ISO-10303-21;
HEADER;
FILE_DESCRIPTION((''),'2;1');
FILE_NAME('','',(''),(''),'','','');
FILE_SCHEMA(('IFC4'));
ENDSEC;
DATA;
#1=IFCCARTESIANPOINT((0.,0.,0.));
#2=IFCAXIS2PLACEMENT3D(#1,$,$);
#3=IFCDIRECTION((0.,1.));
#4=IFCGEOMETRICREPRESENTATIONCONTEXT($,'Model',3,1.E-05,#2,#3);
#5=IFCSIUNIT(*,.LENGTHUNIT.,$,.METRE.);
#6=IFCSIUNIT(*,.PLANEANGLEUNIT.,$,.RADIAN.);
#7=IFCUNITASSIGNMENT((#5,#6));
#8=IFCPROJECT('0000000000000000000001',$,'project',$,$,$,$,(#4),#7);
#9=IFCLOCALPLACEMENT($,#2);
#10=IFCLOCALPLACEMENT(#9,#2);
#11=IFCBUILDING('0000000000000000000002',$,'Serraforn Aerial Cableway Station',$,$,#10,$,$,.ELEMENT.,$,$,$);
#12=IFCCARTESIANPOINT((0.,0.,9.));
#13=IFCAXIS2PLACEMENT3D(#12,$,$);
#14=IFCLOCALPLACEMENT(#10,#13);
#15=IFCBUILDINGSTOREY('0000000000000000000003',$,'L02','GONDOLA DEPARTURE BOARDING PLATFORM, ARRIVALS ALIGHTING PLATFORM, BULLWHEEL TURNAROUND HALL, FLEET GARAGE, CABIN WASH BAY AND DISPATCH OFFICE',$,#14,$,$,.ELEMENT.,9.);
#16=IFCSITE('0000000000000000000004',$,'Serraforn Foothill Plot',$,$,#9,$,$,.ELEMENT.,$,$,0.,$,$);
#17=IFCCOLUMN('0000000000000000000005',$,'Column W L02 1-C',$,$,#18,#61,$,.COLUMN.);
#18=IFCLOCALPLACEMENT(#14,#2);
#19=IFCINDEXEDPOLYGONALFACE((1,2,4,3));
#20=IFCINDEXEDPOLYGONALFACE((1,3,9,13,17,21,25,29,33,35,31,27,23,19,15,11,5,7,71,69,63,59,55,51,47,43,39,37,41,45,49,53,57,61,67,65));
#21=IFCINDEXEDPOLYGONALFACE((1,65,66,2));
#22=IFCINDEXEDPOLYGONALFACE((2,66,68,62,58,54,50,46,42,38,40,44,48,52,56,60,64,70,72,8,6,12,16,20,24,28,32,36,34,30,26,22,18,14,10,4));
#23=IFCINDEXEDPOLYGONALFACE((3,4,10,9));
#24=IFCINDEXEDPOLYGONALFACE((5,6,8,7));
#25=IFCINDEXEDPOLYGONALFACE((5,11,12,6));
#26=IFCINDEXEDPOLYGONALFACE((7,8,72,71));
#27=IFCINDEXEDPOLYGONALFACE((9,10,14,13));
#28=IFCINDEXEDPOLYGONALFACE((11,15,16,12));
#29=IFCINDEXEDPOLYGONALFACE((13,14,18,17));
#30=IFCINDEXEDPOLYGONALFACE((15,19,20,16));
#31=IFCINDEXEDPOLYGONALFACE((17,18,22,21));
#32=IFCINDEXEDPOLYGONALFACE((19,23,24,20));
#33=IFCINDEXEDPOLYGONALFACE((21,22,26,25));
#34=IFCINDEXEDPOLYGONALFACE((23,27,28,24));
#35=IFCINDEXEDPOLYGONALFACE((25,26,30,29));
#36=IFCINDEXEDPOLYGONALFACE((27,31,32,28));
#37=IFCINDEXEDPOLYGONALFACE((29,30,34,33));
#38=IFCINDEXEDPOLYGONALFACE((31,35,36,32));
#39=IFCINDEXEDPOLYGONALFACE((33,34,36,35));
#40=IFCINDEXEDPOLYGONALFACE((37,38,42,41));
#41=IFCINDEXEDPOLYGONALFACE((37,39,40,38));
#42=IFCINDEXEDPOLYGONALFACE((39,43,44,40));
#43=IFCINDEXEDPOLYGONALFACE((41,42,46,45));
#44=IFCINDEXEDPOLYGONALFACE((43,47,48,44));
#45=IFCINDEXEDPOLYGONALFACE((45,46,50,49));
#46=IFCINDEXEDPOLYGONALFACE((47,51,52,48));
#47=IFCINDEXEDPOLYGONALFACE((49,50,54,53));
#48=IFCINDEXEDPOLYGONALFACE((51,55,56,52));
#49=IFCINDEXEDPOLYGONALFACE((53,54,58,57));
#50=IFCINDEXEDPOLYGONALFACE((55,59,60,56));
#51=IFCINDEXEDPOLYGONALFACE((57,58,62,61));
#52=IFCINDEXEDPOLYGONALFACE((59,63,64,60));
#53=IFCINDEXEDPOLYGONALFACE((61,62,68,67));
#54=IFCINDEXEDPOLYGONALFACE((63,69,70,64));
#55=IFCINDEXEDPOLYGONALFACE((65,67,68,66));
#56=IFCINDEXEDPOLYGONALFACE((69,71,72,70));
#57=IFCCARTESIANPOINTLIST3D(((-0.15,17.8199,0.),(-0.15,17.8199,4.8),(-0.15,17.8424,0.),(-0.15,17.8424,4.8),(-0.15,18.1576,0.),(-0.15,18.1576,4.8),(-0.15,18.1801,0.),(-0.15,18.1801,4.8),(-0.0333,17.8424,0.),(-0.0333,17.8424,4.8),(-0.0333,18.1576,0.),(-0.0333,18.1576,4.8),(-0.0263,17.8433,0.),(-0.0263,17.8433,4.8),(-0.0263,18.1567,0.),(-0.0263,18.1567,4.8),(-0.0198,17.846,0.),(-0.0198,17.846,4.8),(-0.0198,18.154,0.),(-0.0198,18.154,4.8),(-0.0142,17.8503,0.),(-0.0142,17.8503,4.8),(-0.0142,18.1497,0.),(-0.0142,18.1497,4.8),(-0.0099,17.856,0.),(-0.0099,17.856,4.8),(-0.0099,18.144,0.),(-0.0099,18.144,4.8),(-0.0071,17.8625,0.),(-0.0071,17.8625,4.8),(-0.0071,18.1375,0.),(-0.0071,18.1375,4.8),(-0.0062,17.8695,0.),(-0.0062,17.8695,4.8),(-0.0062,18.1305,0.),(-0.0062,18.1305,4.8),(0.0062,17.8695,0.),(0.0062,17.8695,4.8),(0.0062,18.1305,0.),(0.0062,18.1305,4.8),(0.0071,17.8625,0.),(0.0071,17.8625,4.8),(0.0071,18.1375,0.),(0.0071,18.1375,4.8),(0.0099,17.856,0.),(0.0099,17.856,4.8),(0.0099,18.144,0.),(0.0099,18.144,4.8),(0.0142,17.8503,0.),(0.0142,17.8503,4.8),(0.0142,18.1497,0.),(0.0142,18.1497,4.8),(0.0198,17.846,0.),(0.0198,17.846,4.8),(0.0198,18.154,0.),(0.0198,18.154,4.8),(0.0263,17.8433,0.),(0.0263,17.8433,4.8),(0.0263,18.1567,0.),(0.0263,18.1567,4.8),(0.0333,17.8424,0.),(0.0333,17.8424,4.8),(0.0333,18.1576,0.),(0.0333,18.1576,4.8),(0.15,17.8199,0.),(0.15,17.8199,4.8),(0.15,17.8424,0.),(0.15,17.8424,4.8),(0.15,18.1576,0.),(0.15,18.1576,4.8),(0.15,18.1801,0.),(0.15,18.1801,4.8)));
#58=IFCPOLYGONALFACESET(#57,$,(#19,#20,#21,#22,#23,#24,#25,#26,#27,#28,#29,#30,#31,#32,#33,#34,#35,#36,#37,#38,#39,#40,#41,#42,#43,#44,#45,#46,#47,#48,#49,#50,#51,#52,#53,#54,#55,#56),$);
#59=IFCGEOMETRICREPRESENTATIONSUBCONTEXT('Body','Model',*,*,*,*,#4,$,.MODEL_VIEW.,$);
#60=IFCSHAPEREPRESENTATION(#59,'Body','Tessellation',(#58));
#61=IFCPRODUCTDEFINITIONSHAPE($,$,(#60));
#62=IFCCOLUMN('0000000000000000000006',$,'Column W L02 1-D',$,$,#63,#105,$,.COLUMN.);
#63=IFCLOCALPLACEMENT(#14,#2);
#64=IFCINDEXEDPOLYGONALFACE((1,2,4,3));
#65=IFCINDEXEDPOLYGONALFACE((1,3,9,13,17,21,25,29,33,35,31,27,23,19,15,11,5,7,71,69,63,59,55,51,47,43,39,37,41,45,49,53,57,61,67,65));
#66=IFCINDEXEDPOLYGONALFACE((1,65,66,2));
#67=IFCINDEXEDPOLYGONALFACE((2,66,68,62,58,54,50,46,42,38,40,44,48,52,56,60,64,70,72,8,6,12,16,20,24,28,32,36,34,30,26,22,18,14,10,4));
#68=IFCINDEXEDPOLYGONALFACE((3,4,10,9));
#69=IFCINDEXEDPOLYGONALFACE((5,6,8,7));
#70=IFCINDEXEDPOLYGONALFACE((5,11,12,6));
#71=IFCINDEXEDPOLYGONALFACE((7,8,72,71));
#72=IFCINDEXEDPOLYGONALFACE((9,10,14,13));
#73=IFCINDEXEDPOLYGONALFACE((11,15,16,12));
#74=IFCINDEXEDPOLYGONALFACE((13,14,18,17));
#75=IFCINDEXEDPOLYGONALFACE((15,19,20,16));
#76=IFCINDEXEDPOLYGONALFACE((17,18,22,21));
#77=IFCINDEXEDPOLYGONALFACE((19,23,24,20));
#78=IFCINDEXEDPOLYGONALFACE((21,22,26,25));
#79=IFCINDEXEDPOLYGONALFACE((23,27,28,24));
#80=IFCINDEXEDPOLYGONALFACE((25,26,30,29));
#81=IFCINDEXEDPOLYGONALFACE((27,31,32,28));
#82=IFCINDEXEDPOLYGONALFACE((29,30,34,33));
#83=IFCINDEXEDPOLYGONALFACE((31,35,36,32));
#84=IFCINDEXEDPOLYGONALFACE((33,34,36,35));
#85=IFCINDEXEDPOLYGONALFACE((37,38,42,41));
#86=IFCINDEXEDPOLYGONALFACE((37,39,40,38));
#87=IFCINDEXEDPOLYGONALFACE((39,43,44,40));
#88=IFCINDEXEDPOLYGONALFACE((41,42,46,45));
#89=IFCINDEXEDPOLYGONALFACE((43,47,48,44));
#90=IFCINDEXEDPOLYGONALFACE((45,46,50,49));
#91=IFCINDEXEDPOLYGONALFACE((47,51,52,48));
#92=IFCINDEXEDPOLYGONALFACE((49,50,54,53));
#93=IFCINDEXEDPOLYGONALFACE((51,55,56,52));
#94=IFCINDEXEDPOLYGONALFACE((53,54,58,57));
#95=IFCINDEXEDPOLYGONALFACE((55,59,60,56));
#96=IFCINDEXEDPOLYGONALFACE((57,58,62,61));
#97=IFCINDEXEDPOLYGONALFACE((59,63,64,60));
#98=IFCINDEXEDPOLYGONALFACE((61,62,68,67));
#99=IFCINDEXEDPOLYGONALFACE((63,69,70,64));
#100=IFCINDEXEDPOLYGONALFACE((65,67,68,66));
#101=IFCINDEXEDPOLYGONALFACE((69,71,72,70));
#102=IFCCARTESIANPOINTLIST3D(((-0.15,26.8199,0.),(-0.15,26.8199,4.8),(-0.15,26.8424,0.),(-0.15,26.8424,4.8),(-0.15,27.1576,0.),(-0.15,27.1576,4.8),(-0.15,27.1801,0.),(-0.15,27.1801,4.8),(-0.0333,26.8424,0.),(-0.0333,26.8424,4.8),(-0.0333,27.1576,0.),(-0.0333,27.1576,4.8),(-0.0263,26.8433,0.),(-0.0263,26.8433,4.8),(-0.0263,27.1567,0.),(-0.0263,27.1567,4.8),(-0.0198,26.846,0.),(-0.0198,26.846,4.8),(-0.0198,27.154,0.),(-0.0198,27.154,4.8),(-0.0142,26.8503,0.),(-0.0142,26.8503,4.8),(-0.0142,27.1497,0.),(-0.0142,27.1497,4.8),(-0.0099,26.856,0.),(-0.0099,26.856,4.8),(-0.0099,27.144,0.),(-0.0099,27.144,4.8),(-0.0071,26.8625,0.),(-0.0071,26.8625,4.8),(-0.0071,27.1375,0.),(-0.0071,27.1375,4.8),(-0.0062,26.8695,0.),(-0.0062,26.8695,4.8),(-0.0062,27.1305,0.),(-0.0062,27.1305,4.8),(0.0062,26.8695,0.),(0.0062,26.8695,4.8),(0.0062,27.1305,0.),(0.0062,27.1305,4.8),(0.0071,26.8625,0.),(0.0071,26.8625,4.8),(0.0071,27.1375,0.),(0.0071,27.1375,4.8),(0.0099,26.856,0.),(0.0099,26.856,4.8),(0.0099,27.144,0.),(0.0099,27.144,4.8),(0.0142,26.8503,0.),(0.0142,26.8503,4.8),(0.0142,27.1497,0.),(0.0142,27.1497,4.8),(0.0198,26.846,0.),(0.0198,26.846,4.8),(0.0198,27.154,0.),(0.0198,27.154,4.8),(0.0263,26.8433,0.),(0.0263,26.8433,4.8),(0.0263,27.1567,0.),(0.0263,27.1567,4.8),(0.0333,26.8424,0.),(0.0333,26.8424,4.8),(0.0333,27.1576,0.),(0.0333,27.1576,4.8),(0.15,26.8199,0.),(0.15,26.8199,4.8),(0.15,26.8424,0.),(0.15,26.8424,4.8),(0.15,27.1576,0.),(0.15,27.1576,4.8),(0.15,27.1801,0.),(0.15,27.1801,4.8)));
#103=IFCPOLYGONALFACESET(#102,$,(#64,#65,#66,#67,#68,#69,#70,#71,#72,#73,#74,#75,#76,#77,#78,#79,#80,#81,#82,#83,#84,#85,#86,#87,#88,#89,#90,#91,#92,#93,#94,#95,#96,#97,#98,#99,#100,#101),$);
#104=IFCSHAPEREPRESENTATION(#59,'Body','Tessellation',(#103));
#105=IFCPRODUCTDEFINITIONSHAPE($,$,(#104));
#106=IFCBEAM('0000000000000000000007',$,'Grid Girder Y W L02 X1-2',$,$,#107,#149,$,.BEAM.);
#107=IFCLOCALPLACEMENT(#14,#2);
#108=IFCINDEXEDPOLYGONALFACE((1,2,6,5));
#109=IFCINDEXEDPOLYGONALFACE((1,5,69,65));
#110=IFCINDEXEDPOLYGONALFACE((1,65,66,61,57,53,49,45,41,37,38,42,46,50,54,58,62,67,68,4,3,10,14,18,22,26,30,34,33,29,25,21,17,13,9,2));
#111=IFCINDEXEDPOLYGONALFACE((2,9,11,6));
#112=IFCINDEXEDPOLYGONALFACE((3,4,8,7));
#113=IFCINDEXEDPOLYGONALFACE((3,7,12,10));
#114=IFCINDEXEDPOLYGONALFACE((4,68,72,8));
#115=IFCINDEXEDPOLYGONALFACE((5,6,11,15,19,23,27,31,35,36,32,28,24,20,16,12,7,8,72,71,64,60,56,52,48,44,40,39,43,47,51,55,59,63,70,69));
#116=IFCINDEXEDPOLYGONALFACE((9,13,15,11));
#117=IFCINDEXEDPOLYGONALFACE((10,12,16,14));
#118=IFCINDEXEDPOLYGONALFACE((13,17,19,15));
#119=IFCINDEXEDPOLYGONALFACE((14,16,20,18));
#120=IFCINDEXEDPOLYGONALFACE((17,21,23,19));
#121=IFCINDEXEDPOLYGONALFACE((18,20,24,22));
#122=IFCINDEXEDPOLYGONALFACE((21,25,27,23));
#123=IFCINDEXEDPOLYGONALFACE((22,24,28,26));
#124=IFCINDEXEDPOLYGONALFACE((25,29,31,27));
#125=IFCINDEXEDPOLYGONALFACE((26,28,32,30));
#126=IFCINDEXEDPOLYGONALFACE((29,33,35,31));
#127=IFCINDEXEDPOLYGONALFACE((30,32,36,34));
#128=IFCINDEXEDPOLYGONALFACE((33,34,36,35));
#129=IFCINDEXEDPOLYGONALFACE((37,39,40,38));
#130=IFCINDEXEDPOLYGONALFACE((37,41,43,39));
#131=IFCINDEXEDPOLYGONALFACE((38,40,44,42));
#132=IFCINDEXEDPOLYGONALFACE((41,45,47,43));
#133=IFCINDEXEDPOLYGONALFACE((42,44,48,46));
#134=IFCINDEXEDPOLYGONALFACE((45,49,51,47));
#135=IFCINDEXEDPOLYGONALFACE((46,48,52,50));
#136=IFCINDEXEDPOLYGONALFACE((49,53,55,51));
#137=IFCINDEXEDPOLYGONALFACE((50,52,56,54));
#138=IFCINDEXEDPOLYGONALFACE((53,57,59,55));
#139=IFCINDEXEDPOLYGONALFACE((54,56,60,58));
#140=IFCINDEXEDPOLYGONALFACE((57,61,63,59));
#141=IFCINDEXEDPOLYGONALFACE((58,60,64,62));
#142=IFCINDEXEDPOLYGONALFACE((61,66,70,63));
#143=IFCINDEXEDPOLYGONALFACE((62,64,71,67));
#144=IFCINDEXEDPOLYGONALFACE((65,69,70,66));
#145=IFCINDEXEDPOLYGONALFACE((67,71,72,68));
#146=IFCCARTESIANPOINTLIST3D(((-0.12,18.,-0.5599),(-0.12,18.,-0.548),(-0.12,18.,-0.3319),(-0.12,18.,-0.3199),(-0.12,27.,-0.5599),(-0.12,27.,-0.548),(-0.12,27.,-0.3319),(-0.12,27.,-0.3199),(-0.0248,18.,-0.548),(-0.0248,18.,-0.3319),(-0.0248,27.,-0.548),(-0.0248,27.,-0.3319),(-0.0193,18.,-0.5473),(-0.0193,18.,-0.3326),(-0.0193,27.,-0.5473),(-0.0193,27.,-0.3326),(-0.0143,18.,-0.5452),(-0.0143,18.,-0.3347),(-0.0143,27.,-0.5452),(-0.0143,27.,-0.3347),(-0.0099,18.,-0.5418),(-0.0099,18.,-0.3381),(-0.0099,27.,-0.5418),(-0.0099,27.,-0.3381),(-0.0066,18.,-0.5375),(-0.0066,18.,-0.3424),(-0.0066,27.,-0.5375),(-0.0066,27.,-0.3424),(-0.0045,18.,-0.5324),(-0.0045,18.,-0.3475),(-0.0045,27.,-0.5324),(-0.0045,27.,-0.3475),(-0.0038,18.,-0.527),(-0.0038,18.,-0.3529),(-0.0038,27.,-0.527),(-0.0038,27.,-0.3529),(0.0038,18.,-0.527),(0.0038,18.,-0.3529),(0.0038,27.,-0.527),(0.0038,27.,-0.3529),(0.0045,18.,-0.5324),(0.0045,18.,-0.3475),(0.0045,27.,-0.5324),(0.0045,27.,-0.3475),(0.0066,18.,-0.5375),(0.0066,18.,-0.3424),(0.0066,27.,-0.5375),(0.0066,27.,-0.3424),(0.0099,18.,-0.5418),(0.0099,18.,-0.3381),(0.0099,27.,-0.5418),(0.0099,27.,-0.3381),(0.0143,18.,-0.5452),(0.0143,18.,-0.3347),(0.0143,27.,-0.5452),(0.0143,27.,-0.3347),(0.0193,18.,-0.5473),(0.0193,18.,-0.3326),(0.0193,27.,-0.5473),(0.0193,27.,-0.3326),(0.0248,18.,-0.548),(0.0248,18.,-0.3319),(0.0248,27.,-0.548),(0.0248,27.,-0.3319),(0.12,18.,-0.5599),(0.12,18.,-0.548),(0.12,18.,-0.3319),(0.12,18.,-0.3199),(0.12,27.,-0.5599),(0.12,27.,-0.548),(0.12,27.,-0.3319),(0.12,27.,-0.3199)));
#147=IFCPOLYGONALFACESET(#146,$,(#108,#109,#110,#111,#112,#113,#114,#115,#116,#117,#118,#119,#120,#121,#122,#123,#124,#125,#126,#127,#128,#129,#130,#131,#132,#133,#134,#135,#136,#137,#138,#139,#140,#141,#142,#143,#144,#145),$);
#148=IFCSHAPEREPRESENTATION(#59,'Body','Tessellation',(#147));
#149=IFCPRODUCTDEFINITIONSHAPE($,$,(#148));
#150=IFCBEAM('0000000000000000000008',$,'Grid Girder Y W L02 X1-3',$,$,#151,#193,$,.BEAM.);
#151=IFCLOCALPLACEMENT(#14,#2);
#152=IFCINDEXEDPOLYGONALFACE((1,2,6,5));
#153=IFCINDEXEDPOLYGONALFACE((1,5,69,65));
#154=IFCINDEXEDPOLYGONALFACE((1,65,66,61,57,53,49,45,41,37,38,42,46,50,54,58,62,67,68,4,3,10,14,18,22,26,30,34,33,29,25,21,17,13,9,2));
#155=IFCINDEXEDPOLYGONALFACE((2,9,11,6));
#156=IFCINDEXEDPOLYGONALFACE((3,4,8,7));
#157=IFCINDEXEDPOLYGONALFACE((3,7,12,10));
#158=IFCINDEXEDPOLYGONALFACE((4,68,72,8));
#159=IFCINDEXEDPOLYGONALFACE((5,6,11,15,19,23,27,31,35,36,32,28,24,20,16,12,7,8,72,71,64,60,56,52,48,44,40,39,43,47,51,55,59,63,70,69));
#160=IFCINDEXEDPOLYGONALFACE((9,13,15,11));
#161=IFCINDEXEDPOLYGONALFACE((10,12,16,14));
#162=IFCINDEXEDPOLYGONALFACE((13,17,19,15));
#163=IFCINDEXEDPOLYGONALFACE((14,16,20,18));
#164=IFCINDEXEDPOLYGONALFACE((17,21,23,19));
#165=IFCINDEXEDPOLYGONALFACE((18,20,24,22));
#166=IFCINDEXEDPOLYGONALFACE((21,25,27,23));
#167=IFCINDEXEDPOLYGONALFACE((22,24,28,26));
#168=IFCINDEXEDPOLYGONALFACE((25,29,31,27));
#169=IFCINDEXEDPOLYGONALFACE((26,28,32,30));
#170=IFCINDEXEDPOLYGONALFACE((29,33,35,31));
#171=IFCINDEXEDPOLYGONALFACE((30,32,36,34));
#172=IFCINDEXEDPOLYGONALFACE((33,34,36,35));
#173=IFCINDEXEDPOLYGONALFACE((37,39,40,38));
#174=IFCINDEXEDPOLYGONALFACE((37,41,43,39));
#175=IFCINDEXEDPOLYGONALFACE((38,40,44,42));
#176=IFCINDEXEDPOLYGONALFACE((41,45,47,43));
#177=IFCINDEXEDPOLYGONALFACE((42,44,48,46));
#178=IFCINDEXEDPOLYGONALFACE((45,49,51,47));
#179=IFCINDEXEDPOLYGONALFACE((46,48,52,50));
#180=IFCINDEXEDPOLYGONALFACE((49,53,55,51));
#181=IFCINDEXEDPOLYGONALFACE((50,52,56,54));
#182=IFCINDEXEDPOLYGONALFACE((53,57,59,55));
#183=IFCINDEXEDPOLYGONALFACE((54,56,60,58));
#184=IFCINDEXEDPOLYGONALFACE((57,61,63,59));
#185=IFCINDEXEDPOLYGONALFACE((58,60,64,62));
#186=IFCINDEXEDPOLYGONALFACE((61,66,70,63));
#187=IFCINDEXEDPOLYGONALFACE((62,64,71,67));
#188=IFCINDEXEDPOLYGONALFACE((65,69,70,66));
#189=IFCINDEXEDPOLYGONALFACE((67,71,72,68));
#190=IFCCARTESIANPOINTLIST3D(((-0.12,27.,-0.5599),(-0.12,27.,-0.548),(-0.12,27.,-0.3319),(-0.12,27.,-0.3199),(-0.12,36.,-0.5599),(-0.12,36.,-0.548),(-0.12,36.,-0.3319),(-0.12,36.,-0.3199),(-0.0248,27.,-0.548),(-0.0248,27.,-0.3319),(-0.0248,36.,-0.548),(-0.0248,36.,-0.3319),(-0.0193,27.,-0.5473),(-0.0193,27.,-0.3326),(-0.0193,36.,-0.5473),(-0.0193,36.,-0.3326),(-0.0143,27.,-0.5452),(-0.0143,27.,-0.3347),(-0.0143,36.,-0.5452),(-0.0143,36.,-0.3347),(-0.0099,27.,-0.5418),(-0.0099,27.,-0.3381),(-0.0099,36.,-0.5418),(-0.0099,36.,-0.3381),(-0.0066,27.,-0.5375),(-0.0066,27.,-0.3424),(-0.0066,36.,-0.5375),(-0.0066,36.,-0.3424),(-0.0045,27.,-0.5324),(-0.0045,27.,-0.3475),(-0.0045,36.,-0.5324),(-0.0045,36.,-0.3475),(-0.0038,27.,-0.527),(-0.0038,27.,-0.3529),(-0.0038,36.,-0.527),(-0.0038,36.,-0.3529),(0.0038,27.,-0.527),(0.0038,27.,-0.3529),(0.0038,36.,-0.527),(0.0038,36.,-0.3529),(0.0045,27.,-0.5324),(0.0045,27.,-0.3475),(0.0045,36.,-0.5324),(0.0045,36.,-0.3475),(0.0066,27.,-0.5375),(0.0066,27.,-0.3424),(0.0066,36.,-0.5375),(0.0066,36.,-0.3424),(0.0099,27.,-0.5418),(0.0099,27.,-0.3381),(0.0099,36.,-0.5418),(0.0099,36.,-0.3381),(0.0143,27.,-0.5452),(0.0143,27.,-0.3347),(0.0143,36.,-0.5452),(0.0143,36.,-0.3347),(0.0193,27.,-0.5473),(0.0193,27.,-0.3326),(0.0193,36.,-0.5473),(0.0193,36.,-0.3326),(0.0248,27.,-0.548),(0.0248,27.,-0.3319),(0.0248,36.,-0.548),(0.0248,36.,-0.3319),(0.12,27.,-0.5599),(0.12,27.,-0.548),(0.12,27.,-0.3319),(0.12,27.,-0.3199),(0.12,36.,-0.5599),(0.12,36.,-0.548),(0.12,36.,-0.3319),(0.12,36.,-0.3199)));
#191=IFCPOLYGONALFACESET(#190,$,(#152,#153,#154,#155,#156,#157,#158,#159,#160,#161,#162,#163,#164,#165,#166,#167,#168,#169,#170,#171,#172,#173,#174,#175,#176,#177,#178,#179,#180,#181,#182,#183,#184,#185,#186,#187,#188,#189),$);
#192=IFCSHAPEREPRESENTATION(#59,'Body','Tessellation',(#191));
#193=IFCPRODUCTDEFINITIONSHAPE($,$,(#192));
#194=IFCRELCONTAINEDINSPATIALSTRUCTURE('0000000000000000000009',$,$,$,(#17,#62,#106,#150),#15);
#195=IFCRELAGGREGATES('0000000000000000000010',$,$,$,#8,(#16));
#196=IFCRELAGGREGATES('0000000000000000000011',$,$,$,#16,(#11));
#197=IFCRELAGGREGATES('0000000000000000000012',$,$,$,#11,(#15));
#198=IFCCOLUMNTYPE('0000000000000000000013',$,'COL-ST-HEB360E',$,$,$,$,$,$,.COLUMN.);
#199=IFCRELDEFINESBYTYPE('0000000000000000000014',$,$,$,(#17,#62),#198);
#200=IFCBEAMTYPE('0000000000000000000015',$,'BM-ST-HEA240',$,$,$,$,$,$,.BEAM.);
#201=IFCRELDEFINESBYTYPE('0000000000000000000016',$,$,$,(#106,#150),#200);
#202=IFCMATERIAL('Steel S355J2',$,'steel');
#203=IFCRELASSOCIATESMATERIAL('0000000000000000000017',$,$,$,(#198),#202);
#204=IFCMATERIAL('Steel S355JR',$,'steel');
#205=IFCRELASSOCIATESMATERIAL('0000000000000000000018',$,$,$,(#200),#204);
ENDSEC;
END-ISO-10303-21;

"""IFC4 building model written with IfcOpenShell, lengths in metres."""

from ifc_helpers import new_model, si_unit, direction, frame, origin, origin_2d, place, context, subcontext, project, spatial, i_section, extrude, material, material_profile, profile_set, type_object, element, save


model = new_model("IFC4")

# Units and contexts
model_context = context("Model", 3, precision=1e-05, world=origin(), true_north=direction((0.0, 1.0)))
body_context = subcontext(model_context, "Body", "Model", "MODEL_VIEW")
ifc_project = project(units=[si_unit("LENGTHUNIT", "METRE"), si_unit("PLANEANGLEUNIT", "RADIAN")], contexts=[model_context])

# Site, building, storey
site_placement = place(None, origin())
site = spatial("IfcSite", under=ifc_project, at=site_placement, Name="Serraforn Foothill Plot", CompositionType="ELEMENT", RefElevation=0.0)
building_placement = place(site_placement, origin())
building = spatial("IfcBuilding", under=site, at=building_placement, Name="Serraforn Aerial Cableway Station", CompositionType="ELEMENT")
storey_placement = place(building_placement, frame((0.0, 0.0, 9.0)))
storey = spatial("IfcBuildingStorey", under=building, at=storey_placement, Name="L02", Description="GONDOLA DEPARTURE BOARDING PLATFORM, ARRIVALS ALIGHTING PLATFORM, BULLWHEEL TURNAROUND HALL, FLEET GARAGE, CABIN WASH BAY AND DISPATCH OFFICE", CompositionType="ELEMENT", Elevation=9.0)

# Columns
ifc_material_1 = material(Name="Steel S355J2", Category="steel")
ifc_material_profile_1 = material_profile(ifc_material_1, i_section(OverallWidth=0.3, OverallDepth=0.3601, WebThickness=0.0125, FlangeThickness=0.0225, FilletRadius=0.0271, at=origin_2d()), Name="HEB 360")
ifc_profile_set_1 = profile_set([ifc_material_profile_1], Name="Steel S355J2")
column_type = type_object("IfcColumnType", Name="COL-ST-HEB360E", PredefinedType="COLUMN", material=ifc_profile_set_1)
for number, where, z_axis, x_axis, name in (
    (1, (0.0, 18.0, 0.0), (0.0, 0.0, 1.0), (1.0, 0.0, 0.0), "Column W L02 1-C"),
    (2, (0.0, 27.0, 0.0), (0.0, 0.0, 1.0), (1.0, 0.0, 0.0), "Column W L02 1-D"),
):
    element("IfcColumn", number, at=place(storey_placement, frame(where, z_axis=z_axis, x_axis=x_axis)), inside=storey, type_object=column_type, Name=name, PredefinedType="COLUMN", context=body_context, shape_type="SweptSolid", body=[
        extrude(i_section(OverallWidth=0.3, OverallDepth=0.3601, WebThickness=0.0125, FlangeThickness=0.0225, FilletRadius=0.0271, at=origin_2d()), origin(), (0.0, 0.0, 1.0), 4.8),
    ])

# Beams
ifc_material_2 = material(Name="Steel S355JR", Category="steel")
ifc_material_profile_2 = material_profile(ifc_material_2, i_section(OverallWidth=0.24, OverallDepth=0.24, WebThickness=0.0076, FlangeThickness=0.012, FilletRadius=0.021, at=origin_2d()), Name="HEA 240")
ifc_profile_set_2 = profile_set([ifc_material_profile_2], Name="Steel S355JR")
beam_type_1 = type_object("IfcBeamType", Name="BM-ST-HEA240", PredefinedType="BEAM", material=ifc_profile_set_2)
for number, where, z_axis, x_axis, name in (
    (3, (0.0, 18.0, -0.4399), (0.0, 1.0, 0.0), (-1.0, 0.0, 0.0), "Grid Girder Y W L02 X1-2"),
    (4, (0.0, 27.0, -0.4399), (0.0, 1.0, 0.0), (-1.0, 0.0, 0.0), "Grid Girder Y W L02 X1-3"),
):
    element("IfcBeam", number, at=place(storey_placement, frame(where, z_axis=z_axis, x_axis=x_axis)), inside=storey, type_object=beam_type_1, Name=name, PredefinedType="BEAM", context=body_context, shape_type="SweptSolid", body=[
        extrude(i_section(OverallWidth=0.24, OverallDepth=0.24, WebThickness=0.0076, FlangeThickness=0.012, FilletRadius=0.021, at=origin_2d()), origin(), (0.0, 0.0, 1.0), 9.0),
    ])

save(model, "model.ifc")
